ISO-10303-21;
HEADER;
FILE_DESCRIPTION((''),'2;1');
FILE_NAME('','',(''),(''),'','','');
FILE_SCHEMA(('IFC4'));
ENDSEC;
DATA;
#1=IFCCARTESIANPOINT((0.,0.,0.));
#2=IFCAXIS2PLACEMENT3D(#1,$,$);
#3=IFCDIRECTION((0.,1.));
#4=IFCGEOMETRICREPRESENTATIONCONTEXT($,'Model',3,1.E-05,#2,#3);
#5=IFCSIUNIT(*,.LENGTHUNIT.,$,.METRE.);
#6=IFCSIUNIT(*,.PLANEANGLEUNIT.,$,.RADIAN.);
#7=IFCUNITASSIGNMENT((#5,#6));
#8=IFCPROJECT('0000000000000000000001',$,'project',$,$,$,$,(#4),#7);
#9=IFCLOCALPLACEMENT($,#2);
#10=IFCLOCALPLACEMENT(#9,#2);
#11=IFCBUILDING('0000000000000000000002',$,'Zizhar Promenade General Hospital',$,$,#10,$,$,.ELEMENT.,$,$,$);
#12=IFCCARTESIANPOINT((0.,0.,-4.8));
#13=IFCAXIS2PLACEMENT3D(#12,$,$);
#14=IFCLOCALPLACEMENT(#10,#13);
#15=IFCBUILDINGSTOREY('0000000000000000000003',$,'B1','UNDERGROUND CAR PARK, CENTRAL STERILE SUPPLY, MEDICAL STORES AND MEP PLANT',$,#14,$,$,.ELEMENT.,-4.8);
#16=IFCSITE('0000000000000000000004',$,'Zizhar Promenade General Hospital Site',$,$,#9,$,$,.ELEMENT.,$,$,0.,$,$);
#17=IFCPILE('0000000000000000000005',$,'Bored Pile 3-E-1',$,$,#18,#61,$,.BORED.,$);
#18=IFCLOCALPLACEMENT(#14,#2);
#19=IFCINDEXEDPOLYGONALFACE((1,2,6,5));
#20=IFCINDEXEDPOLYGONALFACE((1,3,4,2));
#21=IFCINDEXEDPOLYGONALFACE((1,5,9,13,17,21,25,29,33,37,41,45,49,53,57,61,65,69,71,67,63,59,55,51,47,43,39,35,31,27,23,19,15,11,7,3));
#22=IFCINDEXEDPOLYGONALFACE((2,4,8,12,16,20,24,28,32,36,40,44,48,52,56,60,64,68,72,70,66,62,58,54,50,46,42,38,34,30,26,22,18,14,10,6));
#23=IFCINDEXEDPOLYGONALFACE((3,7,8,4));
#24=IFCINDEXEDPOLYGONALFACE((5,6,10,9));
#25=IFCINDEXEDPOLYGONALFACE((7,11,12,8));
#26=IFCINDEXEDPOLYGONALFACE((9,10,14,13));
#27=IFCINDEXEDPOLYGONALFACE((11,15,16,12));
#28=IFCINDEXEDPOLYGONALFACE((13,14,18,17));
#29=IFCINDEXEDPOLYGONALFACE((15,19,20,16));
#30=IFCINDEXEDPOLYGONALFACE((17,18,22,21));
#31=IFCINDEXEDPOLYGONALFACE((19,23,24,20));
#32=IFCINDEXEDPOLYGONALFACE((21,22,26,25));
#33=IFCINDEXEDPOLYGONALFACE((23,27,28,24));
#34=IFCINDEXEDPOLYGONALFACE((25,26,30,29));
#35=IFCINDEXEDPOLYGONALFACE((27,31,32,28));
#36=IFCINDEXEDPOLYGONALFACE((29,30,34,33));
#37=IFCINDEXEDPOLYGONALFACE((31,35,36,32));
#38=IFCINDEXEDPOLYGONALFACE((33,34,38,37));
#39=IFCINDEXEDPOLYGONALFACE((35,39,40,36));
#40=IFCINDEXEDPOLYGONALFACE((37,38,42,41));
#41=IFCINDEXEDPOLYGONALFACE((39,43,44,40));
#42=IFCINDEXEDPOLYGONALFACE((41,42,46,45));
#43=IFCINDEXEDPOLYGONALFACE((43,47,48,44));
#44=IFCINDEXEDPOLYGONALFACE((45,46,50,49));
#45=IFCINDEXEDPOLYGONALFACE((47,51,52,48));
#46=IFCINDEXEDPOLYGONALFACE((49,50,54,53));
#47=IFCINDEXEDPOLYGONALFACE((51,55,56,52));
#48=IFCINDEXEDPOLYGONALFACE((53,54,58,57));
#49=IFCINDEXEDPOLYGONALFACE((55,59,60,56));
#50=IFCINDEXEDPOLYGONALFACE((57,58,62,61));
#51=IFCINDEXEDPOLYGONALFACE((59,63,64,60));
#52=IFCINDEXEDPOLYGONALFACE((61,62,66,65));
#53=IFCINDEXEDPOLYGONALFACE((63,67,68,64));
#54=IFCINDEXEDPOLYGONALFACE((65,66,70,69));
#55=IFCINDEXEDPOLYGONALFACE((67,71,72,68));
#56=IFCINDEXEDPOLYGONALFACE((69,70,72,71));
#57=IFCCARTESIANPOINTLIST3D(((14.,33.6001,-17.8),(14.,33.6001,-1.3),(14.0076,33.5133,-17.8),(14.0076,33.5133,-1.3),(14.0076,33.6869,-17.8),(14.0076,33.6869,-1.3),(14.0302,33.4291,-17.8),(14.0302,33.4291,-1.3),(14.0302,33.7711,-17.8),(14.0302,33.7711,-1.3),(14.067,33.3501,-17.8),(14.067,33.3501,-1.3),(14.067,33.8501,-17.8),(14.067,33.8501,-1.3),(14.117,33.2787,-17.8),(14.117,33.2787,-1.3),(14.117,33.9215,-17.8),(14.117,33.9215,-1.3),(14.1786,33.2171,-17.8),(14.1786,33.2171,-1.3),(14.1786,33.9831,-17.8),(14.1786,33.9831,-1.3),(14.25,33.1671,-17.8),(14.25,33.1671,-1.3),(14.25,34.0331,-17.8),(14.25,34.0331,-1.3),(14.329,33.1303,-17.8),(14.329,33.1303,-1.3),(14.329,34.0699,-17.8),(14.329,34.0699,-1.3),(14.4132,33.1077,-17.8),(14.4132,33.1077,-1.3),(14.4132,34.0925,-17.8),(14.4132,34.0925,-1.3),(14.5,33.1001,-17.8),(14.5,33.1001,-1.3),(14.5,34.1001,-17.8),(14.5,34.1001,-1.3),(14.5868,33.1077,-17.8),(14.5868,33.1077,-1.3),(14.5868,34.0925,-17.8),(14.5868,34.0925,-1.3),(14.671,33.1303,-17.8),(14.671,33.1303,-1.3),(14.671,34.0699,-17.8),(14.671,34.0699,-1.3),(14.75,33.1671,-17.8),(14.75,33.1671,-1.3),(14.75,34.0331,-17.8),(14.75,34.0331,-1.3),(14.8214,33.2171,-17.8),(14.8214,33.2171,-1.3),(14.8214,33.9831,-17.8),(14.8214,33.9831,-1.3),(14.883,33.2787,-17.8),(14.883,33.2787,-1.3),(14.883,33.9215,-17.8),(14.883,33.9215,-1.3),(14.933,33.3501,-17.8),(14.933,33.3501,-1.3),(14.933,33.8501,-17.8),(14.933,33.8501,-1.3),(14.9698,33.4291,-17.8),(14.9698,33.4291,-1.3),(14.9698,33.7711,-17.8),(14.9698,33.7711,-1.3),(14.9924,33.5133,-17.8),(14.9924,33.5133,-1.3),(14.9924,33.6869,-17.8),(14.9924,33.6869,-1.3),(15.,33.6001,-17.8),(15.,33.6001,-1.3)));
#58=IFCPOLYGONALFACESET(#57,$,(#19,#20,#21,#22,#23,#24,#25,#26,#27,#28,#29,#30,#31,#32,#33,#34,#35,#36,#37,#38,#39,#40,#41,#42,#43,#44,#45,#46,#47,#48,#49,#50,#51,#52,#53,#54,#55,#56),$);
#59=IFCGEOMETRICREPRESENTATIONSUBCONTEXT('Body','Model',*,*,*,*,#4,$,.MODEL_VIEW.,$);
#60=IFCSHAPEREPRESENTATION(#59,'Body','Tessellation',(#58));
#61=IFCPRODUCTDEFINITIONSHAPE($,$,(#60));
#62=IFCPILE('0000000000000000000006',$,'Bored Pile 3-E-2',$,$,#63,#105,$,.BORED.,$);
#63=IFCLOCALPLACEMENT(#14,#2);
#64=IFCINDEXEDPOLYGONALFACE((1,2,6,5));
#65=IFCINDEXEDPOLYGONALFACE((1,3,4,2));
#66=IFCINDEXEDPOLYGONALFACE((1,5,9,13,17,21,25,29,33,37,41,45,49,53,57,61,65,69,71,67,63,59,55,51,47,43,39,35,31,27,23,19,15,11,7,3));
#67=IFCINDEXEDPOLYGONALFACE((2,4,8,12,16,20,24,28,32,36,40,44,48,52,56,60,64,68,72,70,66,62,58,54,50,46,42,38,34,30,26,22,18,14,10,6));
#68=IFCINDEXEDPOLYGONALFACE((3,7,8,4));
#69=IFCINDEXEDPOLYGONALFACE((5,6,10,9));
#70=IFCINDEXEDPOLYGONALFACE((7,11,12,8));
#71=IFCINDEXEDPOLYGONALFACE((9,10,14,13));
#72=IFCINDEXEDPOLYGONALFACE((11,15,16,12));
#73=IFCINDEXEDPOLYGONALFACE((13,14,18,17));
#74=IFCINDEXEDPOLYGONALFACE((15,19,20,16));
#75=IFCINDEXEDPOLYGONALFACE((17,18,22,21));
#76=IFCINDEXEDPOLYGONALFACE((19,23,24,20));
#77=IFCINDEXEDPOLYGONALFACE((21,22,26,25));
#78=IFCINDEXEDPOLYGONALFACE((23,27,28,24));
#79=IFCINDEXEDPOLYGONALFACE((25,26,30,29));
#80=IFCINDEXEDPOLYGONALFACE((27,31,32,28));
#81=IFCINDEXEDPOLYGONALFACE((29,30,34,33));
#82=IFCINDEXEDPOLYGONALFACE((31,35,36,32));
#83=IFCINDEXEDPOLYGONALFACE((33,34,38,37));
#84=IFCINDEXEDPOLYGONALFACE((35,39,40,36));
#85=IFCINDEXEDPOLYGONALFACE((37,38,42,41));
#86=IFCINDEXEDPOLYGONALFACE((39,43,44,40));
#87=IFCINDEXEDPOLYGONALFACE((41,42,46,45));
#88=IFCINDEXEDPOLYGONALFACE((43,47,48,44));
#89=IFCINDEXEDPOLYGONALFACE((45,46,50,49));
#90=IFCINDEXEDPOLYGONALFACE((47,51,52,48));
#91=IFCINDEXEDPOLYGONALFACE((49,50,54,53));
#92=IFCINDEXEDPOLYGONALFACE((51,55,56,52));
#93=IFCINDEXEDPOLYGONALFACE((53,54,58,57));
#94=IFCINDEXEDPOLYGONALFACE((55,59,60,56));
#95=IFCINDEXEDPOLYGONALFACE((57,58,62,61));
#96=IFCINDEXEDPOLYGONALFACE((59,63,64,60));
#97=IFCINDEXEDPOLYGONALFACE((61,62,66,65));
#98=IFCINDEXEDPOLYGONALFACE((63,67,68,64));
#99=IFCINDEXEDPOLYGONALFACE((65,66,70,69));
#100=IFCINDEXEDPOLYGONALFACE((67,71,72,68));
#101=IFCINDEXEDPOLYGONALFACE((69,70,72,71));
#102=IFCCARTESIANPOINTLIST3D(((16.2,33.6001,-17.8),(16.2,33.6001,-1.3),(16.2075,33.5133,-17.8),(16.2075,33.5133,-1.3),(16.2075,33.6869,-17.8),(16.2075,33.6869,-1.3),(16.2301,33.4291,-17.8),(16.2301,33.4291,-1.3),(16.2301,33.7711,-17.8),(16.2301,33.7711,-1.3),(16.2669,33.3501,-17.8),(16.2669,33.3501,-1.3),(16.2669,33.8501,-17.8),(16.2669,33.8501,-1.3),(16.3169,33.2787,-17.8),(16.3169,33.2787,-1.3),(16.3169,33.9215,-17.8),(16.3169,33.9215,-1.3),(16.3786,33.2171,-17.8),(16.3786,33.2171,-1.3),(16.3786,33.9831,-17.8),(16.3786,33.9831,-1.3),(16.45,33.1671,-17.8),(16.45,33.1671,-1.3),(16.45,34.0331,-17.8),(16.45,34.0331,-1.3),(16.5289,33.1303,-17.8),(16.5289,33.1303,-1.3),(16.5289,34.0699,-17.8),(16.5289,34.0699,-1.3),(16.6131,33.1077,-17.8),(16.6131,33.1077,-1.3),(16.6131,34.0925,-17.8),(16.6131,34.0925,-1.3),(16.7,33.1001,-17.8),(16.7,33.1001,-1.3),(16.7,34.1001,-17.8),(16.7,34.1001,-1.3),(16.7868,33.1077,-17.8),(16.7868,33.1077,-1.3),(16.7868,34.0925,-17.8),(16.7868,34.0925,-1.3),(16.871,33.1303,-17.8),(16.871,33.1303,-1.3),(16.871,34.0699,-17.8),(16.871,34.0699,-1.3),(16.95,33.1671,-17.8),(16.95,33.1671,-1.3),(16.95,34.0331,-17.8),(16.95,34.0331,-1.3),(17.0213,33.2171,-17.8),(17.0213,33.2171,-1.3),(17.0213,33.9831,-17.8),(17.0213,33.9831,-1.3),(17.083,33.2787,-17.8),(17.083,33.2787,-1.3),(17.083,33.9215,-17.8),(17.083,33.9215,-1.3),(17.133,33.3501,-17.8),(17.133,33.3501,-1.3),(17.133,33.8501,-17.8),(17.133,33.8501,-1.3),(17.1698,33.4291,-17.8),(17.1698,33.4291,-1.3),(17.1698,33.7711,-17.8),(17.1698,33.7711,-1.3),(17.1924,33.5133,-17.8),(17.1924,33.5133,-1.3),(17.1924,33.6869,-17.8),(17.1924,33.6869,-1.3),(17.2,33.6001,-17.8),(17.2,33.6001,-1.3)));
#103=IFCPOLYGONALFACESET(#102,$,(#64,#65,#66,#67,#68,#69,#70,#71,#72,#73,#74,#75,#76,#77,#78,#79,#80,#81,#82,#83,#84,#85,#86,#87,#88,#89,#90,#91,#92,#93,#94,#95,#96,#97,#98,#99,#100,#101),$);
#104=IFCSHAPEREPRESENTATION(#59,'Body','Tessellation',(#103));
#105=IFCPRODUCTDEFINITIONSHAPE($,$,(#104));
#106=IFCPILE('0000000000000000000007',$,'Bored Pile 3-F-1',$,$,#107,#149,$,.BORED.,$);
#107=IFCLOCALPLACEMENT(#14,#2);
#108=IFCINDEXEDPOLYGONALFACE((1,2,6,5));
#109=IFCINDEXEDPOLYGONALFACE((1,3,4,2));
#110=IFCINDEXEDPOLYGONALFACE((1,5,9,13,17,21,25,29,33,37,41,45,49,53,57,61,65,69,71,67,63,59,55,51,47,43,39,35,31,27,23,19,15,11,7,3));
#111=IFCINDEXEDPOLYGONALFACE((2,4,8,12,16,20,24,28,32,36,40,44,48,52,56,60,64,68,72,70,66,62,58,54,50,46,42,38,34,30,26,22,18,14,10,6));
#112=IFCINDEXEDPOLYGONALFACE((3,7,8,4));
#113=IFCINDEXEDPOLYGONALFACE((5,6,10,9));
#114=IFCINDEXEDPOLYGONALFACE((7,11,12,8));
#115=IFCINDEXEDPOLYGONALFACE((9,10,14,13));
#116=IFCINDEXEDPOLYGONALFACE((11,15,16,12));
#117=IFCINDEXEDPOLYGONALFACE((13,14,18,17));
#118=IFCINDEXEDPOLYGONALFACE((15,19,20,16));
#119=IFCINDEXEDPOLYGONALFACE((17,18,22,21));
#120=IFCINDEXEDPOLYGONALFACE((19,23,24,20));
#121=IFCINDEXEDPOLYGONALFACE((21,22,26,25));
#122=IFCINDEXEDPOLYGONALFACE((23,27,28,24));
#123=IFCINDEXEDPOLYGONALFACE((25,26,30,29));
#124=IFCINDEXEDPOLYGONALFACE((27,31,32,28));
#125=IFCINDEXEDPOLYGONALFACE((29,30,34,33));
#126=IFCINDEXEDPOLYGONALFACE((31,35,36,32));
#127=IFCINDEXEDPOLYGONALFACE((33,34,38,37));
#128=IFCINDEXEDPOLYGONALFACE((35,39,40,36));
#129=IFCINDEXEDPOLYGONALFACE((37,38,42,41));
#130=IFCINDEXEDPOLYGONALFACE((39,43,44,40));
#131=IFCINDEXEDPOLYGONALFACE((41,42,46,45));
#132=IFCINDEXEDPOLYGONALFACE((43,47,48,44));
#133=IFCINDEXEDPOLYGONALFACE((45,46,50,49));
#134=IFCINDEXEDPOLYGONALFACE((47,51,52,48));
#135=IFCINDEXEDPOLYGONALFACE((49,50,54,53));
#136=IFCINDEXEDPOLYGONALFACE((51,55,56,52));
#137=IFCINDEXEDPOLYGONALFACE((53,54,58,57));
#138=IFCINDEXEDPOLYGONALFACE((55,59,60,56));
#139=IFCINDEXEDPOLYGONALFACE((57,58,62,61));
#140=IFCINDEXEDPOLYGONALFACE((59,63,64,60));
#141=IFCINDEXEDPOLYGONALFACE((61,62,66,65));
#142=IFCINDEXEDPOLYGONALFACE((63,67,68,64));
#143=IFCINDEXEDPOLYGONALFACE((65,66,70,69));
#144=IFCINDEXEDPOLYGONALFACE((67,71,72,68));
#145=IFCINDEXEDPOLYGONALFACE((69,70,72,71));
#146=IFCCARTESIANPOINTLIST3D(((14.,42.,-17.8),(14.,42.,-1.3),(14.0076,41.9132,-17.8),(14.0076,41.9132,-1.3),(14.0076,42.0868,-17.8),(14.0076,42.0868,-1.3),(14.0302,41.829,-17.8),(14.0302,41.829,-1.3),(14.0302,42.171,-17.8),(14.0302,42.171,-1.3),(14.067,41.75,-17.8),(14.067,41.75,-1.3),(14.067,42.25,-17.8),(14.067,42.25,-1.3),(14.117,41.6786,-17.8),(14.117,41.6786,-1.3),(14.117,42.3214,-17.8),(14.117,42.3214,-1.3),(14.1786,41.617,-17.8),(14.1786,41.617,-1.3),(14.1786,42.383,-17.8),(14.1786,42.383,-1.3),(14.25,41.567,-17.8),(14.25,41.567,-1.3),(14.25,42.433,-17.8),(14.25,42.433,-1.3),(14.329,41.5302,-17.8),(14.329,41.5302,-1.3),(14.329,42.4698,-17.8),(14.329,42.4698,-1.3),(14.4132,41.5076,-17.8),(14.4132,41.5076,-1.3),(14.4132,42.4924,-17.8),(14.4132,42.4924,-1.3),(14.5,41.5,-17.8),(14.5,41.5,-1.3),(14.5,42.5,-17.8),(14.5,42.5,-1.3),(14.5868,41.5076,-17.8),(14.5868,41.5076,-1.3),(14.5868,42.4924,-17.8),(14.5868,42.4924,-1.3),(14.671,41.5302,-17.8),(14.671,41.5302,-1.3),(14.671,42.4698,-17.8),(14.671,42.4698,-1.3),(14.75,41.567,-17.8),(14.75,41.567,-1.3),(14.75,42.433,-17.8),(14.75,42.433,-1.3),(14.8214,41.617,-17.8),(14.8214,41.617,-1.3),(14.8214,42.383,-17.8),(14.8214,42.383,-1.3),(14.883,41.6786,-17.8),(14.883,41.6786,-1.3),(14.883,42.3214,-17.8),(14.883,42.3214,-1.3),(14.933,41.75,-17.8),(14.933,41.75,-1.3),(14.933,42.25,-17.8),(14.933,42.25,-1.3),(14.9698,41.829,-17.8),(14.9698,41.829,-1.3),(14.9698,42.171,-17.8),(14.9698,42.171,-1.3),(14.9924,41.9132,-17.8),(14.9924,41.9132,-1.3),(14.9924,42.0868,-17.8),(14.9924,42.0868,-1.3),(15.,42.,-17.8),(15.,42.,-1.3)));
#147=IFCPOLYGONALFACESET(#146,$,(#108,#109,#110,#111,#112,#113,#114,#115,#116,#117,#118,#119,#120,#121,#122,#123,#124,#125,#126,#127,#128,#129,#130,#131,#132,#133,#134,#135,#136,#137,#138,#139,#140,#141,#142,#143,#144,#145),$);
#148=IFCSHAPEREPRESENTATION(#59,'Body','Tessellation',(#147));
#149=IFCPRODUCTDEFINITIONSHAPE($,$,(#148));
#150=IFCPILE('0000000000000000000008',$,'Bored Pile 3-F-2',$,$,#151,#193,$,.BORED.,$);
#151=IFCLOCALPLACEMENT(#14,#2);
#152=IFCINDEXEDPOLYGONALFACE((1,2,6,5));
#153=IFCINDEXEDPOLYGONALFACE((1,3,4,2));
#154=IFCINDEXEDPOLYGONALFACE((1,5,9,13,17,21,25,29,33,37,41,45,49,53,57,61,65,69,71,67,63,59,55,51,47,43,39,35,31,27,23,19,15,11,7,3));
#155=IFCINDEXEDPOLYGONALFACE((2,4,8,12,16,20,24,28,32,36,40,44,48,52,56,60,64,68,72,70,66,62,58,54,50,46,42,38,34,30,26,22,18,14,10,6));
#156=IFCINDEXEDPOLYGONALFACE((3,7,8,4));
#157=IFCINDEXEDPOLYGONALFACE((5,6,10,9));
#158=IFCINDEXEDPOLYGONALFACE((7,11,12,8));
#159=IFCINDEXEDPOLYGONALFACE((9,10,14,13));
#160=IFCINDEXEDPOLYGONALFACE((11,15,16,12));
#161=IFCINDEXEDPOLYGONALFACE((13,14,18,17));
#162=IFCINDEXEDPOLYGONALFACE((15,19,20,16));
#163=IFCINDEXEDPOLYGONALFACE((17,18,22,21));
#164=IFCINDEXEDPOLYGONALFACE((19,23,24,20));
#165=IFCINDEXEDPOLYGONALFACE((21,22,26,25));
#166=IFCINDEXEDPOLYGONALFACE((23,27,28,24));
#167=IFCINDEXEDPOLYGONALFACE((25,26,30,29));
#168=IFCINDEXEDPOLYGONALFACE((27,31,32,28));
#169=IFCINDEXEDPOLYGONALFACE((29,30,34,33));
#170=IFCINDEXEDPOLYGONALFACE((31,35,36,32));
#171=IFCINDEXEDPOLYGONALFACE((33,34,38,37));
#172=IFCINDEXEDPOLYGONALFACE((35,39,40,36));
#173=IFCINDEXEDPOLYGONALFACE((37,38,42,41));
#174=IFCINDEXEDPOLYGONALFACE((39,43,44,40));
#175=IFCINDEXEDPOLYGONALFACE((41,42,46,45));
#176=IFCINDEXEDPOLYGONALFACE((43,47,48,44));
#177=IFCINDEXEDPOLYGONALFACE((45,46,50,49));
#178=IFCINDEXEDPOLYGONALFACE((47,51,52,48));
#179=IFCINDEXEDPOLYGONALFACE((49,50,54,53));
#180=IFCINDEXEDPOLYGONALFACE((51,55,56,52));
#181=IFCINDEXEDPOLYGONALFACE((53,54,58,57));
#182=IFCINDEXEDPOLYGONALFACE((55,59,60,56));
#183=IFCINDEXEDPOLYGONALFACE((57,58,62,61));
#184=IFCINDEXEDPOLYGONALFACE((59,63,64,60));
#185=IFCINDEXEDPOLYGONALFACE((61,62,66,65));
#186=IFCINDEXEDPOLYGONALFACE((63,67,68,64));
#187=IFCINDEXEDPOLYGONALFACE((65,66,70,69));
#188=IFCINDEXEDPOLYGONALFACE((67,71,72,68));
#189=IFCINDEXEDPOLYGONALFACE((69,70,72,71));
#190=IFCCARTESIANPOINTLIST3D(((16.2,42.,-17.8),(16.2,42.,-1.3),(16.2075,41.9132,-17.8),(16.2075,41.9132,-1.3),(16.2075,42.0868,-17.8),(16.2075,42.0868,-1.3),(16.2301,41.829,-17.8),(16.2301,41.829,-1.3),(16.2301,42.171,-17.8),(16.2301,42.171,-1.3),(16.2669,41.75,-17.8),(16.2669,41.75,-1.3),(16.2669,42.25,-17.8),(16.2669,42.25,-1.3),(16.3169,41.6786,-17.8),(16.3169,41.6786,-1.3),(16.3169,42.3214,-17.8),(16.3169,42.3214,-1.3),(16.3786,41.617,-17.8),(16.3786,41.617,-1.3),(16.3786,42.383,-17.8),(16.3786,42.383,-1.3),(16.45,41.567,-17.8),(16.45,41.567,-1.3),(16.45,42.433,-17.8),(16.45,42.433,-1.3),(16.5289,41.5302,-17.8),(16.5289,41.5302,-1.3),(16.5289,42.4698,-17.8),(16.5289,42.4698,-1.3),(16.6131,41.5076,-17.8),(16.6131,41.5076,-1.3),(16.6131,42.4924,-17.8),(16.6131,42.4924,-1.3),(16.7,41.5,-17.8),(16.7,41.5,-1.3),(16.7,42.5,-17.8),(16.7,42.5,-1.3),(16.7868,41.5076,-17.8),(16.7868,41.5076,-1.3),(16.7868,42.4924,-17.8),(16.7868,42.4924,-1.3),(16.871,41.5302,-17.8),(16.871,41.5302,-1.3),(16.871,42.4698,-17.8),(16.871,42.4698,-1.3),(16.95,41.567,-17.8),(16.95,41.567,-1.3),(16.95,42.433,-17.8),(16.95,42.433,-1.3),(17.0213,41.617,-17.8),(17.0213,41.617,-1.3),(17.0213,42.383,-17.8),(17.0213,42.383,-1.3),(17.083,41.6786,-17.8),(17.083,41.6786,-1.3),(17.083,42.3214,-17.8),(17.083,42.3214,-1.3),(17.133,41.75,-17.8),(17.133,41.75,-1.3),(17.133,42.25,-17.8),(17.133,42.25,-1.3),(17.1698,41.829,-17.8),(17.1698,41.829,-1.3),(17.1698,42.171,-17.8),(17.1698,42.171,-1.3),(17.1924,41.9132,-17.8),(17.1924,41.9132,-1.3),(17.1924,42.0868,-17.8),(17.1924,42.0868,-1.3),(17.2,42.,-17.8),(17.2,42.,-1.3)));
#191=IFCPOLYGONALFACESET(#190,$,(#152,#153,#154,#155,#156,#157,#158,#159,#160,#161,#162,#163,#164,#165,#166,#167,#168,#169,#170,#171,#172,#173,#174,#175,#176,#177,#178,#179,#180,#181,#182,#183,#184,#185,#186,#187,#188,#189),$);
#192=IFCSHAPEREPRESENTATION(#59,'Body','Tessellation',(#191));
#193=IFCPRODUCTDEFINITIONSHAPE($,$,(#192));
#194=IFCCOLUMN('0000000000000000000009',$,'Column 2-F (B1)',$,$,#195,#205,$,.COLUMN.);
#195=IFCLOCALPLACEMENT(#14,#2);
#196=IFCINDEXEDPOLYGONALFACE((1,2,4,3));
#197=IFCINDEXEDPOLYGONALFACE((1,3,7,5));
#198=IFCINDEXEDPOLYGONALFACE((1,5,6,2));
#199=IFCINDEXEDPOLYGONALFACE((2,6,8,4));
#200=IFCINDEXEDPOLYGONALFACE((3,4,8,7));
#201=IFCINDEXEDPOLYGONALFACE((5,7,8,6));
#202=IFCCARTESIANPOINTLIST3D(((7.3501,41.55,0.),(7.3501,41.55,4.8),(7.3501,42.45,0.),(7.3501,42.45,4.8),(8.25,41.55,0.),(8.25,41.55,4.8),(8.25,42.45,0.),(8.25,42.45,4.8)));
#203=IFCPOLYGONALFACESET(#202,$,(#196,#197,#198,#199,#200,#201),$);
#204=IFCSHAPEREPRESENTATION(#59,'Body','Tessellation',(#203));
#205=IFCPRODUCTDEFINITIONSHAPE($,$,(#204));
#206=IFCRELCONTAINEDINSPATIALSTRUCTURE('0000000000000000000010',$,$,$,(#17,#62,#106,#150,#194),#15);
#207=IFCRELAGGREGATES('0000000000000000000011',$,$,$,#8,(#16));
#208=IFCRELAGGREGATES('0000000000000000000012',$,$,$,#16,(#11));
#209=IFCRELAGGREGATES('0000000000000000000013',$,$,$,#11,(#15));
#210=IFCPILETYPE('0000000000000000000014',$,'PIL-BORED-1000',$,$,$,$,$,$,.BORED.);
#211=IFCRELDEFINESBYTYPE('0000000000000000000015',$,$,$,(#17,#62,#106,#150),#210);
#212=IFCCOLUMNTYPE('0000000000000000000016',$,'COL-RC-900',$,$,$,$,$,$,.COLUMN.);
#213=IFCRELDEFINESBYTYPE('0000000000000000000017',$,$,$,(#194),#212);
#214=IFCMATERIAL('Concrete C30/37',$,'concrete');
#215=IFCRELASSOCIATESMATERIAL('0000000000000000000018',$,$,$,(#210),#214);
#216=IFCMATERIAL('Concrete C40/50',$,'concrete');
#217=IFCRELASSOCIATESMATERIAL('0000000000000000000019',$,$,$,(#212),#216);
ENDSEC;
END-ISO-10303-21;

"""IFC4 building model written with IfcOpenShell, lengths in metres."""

from ifc_helpers import new_model, si_unit, direction, frame, origin, origin_2d, place, context, subcontext, project, spatial, rectangle, circle, extrude, material, material_profile, profile_set, type_object, element, save


model = new_model("IFC4")

# Units and contexts
model_context = context("Model", 3, precision=1e-05, world=origin(), true_north=direction((0.0, 1.0)))
body_context = subcontext(model_context, "Body", "Model", "MODEL_VIEW")
ifc_project = project(units=[si_unit("LENGTHUNIT", "METRE"), si_unit("PLANEANGLEUNIT", "RADIAN")], contexts=[model_context])

# Site, building, storey
site_placement = place(None, origin())
site = spatial("IfcSite", under=ifc_project, at=site_placement, Name="Zizhar Promenade General Hospital Site", CompositionType="ELEMENT", RefElevation=0.0)
building_placement = place(site_placement, origin())
building = spatial("IfcBuilding", under=site, at=building_placement, Name="Zizhar Promenade General Hospital", CompositionType="ELEMENT")
storey_placement = place(building_placement, frame((0.0, 0.0, -4.8)))
storey = spatial("IfcBuildingStorey", under=building, at=storey_placement, Name="B1", Description="UNDERGROUND CAR PARK, CENTRAL STERILE SUPPLY, MEDICAL STORES AND MEP PLANT", CompositionType="ELEMENT", Elevation=-4.8)

# Piles
ifc_material_1 = material(Name="Concrete C30/37", Category="concrete")
ifc_material_profile_1 = material_profile(ifc_material_1, circle(Radius=0.5, at=origin_2d()))
ifc_profile_set_1 = profile_set([ifc_material_profile_1], Name="Concrete C30/37")
pile_type = type_object("IfcPileType", Name="PIL-BORED-1000", PredefinedType="BORED", material=ifc_profile_set_1)
for number, where, z_axis, x_axis, name in (
    (1, (14.5, 33.6001, -1.3), (0.0, 0.0, -1.0), (1.0, 0.0, 0.0), "Bored Pile 3-E-1"),
    (2, (16.7, 33.6001, -1.3), (0.0, 0.0, -1.0), (1.0, 0.0, 0.0), "Bored Pile 3-E-2"),
    (3, (14.5, 42.0, -1.3), (0.0, 0.0, -1.0), (1.0, 0.0, 0.0), "Bored Pile 3-F-1"),
    (4, (16.7, 42.0, -1.3), (0.0, 0.0, -1.0), (1.0, 0.0, 0.0), "Bored Pile 3-F-2"),
):
    element("IfcPile", number, at=place(storey_placement, frame(where, z_axis=z_axis, x_axis=x_axis)), inside=storey, type_object=pile_type, Name=name, PredefinedType="BORED", context=body_context, shape_type="SweptSolid", body=[
        extrude(circle(Radius=0.5, at=origin_2d()), origin(), (0.0, 0.0, 1.0), 16.5),
    ])

# Column
ifc_material_2 = material(Name="Concrete C40/50", Category="concrete")
ifc_material_profile_2 = material_profile(ifc_material_2, rectangle(XDim=0.8999, YDim=0.8999, at=origin_2d()))
ifc_profile_set_2 = profile_set([ifc_material_profile_2], Name="Concrete C40/50")
column_type = type_object("IfcColumnType", Name="COL-RC-900", PredefinedType="COLUMN", material=ifc_profile_set_2)
for number, where, z_axis, x_axis, name in (
    (5, (7.8, 42.0, 0.0), (0.0, 0.0, 1.0), (1.0, 0.0, 0.0), "Column 2-F (B1)"),
):
    element("IfcColumn", number, at=place(storey_placement, frame(where, z_axis=z_axis, x_axis=x_axis)), inside=storey, type_object=column_type, Name=name, PredefinedType="COLUMN", context=body_context, shape_type="SweptSolid", body=[
        extrude(rectangle(XDim=0.8999, YDim=0.8999, at=origin_2d()), origin(), (0.0, 0.0, 1.0), 4.8),
    ])

save(model, "model.ifc")
